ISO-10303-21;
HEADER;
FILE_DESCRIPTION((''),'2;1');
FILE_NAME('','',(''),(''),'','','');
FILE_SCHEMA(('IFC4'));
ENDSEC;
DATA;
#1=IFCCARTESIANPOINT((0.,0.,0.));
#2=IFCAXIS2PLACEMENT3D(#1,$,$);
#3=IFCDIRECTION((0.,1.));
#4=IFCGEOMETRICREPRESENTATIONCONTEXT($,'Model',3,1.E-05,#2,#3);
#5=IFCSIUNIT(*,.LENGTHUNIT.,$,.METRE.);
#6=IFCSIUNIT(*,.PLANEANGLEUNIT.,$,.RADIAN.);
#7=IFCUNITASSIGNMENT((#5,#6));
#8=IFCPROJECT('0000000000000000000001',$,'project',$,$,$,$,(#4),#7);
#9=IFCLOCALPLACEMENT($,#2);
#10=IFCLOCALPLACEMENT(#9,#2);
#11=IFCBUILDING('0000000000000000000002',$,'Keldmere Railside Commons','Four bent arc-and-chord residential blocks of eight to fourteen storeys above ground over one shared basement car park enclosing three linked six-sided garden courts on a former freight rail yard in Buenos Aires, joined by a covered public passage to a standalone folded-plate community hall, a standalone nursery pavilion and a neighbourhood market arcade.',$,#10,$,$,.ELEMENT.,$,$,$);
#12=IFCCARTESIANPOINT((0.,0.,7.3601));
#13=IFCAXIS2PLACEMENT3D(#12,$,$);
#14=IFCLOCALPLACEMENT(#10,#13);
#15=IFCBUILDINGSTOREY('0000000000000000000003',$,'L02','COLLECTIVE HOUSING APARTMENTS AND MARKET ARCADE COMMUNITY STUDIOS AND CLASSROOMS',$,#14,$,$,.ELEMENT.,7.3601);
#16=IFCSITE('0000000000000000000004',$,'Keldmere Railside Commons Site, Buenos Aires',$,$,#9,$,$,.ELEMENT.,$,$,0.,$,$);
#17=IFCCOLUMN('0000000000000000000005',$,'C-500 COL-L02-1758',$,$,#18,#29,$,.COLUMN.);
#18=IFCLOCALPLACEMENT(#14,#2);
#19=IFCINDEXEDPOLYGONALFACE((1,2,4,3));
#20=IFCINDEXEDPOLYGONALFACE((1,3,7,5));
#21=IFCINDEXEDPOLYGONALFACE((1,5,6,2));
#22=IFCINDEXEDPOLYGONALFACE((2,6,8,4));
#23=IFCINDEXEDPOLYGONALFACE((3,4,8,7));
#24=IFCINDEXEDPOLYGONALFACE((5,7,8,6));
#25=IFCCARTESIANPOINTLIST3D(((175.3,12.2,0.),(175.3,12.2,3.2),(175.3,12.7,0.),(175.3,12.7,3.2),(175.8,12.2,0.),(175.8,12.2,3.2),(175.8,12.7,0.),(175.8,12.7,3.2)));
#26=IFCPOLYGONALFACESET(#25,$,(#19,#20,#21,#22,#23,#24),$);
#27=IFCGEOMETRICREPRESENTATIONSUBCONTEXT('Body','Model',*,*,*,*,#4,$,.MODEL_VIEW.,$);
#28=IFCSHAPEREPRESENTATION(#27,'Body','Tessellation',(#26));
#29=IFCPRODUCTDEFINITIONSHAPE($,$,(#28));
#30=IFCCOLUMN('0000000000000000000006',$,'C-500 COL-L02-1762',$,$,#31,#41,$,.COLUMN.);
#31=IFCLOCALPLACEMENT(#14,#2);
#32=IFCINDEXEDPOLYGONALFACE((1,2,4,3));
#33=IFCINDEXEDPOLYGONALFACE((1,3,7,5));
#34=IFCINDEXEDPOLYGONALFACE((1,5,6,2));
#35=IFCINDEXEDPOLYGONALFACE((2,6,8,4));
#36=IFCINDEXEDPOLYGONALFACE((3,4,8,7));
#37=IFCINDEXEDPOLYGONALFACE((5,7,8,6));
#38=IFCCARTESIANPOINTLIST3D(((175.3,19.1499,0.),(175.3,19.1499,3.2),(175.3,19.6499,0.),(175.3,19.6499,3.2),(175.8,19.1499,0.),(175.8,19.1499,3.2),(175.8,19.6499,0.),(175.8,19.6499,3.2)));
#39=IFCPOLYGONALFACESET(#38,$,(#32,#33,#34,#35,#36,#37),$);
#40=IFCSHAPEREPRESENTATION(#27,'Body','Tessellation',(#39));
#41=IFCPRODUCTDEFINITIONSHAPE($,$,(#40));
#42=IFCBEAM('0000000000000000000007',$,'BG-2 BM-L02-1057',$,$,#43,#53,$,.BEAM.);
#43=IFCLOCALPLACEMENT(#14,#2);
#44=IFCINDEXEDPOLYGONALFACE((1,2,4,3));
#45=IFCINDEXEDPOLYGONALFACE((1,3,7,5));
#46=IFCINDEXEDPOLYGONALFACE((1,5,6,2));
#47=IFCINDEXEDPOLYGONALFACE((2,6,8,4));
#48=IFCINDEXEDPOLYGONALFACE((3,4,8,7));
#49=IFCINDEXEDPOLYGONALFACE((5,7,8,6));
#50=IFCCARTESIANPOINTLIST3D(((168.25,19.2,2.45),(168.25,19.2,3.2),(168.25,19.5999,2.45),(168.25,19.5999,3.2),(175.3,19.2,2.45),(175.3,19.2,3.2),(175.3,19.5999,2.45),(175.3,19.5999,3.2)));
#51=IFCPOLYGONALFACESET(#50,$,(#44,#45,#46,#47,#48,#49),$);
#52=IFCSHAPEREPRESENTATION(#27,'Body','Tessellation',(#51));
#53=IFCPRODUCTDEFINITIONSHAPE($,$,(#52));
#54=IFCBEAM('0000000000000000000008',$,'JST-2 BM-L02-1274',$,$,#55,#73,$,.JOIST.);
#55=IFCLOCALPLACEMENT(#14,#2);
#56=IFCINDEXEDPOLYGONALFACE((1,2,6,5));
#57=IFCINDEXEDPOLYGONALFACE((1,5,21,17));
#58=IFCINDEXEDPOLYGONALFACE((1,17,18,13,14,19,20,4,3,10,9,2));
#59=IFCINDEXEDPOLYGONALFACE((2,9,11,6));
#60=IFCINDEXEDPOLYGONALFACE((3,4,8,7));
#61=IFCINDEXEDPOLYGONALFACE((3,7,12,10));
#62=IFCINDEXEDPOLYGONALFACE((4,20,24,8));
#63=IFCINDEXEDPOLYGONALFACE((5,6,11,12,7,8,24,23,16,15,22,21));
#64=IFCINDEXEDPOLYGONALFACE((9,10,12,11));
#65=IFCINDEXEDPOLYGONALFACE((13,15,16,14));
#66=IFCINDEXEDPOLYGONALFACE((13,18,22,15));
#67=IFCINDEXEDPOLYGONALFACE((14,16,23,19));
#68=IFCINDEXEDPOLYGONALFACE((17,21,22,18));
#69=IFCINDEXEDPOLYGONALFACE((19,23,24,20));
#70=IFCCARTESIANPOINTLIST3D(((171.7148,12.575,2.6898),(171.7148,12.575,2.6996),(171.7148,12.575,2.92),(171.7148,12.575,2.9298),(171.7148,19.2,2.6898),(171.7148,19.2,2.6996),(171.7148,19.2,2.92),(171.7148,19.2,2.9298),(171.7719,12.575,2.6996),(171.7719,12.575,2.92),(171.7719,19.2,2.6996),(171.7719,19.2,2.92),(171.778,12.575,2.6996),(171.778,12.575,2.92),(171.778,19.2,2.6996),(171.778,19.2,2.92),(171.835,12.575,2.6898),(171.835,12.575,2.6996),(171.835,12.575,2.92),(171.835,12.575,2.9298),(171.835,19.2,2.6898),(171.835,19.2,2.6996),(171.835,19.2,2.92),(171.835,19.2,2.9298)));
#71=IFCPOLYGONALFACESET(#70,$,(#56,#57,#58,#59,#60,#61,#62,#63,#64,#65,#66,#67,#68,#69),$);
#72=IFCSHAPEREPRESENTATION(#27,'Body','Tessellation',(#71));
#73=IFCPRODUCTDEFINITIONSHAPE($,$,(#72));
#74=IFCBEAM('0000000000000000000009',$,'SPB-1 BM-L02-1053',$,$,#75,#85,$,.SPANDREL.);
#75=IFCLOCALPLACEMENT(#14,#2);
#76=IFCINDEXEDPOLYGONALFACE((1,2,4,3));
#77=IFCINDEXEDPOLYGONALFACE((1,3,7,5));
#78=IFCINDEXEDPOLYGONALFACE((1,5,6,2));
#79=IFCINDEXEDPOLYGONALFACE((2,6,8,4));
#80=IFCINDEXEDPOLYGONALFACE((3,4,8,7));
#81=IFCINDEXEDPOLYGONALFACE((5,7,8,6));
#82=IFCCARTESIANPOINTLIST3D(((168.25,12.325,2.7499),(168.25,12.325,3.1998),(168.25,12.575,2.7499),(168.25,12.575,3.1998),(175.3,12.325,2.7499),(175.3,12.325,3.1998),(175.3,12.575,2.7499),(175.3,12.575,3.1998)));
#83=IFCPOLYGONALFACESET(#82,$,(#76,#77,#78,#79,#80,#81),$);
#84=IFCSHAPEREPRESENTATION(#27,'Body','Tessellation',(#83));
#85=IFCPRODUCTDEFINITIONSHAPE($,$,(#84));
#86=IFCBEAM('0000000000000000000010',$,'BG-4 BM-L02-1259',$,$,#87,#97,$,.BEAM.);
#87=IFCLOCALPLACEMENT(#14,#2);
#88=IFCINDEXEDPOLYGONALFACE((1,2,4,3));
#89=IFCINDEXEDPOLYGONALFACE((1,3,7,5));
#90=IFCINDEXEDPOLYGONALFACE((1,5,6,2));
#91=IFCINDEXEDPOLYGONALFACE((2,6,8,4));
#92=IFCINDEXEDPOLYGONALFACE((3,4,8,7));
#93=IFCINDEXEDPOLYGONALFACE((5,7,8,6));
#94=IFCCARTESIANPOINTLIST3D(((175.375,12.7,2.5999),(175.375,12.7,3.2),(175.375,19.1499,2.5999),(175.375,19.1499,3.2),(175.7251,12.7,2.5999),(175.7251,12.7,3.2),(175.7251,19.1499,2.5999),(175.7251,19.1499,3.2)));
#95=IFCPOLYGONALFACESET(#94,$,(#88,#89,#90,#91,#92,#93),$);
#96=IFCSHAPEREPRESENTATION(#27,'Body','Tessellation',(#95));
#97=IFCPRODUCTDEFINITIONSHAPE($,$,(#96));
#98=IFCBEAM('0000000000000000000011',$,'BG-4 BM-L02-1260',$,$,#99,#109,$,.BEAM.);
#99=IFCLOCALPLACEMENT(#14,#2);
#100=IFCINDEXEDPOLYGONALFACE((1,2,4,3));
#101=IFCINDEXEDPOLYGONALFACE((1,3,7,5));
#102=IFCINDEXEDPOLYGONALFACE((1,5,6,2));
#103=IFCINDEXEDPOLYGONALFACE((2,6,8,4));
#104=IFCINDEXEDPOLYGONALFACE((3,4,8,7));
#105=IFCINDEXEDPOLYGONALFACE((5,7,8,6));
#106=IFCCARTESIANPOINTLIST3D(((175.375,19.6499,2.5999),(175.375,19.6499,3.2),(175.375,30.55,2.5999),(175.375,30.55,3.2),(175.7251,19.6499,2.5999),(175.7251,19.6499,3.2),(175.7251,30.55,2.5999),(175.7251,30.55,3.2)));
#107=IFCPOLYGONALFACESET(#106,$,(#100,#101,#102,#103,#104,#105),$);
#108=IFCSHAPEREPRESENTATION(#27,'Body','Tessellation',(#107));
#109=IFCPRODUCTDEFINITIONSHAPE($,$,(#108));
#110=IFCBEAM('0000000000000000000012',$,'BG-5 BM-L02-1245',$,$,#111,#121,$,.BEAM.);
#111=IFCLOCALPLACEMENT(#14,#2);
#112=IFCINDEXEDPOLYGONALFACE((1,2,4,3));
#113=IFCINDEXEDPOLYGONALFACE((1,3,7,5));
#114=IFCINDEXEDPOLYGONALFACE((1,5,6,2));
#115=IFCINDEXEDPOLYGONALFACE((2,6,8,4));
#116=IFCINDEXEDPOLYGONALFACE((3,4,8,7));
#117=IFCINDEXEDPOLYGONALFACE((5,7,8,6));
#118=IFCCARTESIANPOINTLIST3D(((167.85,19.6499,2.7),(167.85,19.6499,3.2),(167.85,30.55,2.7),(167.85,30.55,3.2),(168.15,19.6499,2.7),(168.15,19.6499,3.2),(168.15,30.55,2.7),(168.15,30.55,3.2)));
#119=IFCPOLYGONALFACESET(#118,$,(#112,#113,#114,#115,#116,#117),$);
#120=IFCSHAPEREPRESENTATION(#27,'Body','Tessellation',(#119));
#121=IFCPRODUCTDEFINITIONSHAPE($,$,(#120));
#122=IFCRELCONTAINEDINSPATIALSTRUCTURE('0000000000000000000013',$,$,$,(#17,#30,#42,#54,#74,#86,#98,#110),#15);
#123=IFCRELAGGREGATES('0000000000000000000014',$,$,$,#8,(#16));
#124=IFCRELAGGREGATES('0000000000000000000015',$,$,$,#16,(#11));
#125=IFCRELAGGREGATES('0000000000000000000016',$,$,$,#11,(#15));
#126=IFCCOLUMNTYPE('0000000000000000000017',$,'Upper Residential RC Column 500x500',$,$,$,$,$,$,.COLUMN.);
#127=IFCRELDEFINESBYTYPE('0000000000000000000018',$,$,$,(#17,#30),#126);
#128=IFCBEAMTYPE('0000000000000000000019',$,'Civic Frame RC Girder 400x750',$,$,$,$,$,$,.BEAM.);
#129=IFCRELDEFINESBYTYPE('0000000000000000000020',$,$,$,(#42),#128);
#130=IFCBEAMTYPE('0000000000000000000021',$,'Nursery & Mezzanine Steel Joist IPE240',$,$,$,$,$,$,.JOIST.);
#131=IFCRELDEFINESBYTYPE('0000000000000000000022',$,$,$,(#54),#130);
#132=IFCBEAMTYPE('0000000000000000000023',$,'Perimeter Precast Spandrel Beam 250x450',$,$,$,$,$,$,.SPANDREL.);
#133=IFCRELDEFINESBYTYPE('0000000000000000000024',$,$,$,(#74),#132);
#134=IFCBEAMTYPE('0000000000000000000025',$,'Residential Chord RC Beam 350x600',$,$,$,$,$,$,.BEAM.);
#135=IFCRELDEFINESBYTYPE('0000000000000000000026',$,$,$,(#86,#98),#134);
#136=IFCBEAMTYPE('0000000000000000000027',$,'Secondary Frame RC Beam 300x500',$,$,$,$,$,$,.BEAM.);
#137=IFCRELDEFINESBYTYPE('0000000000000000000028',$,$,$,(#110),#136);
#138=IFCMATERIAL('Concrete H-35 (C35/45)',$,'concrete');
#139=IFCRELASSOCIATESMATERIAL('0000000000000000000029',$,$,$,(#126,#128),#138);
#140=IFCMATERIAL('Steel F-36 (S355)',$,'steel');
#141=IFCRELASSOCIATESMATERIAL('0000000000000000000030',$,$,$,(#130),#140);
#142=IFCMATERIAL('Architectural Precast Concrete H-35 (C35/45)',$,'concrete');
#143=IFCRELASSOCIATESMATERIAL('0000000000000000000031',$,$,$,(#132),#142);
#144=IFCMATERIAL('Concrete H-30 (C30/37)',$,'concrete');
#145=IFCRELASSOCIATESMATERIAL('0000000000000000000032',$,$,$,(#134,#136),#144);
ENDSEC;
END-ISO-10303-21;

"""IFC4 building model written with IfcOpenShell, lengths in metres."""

from ifc_helpers import new_model, si_unit, direction, frame, origin, origin_2d, place, context, subcontext, project, spatial, rectangle, i_section, extrude, material, material_profile, profile_set, type_object, element, save


model = new_model("IFC4")

# Units and contexts
model_context = context("Model", 3, precision=1e-05, world=origin(), true_north=direction((0.0, 1.0)))
body_context = subcontext(model_context, "Body", "Model", "MODEL_VIEW")
ifc_project = project(units=[si_unit("LENGTHUNIT", "METRE"), si_unit("PLANEANGLEUNIT", "RADIAN")], contexts=[model_context])

# Site, building, storey
site_placement = place(None, origin())
site = spatial("IfcSite", under=ifc_project, at=site_placement, Name="Keldmere Railside Commons Site, Buenos Aires", CompositionType="ELEMENT", RefElevation=0.0)
building_placement = place(site_placement, origin())
building = spatial("IfcBuilding", under=site, at=building_placement, Name="Keldmere Railside Commons", Description="Four bent arc-and-chord residential blocks of eight to fourteen storeys above ground over one shared basement car park enclosing three linked six-sided garden courts on a former freight rail yard in Buenos Aires, joined by a covered public passage to a standalone folded-plate community hall, a standalone nursery pavilion and a neighbourhood market arcade.", CompositionType="ELEMENT")
storey_placement = place(building_placement, frame((0.0, 0.0, 7.3601)))
storey = spatial("IfcBuildingStorey", under=building, at=storey_placement, Name="L02", Description="COLLECTIVE HOUSING APARTMENTS AND MARKET ARCADE COMMUNITY STUDIOS AND CLASSROOMS", CompositionType="ELEMENT", Elevation=7.3601)

# Columns
ifc_material_1 = material(Name="Concrete H-35 (C35/45)", Category="concrete")
ifc_material_profile_1 = material_profile(ifc_material_1, rectangle(XDim=0.5, YDim=0.5, at=origin_2d()), Name="RC-500x500")
ifc_profile_set_1 = profile_set([ifc_material_profile_1], Name="Concrete H-35 (C35/45)")
column_type = type_object("IfcColumnType", Name="Upper Residential RC Column 500x500", PredefinedType="COLUMN", material=ifc_profile_set_1)
for number, where, z_axis, x_axis, name in (
    (1, (175.55, 12.45, 0.0), (0.0, 0.0, 1.0), (1.0, 0.0, 0.0), "C-500 COL-L02-1758"),
    (2, (175.55, 19.3999, 0.0), (0.0, 0.0, 1.0), (1.0, 0.0, 0.0), "C-500 COL-L02-1762"),
):
    element("IfcColumn", number, at=place(storey_placement, frame(where, z_axis=z_axis, x_axis=x_axis)), inside=storey, type_object=column_type, Name=name, PredefinedType="COLUMN", context=body_context, shape_type="SweptSolid", body=[
        extrude(rectangle(XDim=0.5, YDim=0.5, at=origin_2d()), origin(), (0.0, 0.0, 1.0), 3.2),
    ])

# Beams
ifc_material_profile_2 = material_profile(ifc_material_1, rectangle(XDim=0.3999, YDim=0.75, at=origin_2d()), Name="RC-400x750")
ifc_profile_set_2 = profile_set([ifc_material_profile_2], Name="Concrete H-35 (C35/45)")
beam_type_1 = type_object("IfcBeamType", Name="Civic Frame RC Girder 400x750", PredefinedType="BEAM", material=ifc_profile_set_2)
beam_1_placement = place(storey_placement, frame((168.25, 19.3999, 2.825), z_axis=(1.0, 0.0, 0.0), x_axis=(0.0, 1.0, 0.0)))
element("IfcBeam", 3, at=beam_1_placement, inside=storey, type_object=beam_type_1, Name="BG-2 BM-L02-1057", PredefinedType="BEAM", context=body_context, shape_type="SweptSolid", body=[
    extrude(rectangle(XDim=0.3999, YDim=0.75, at=origin_2d()), origin(), (0.0, 0.0, 1.0), 7.05),
])
ifc_material_2 = material(Name="Steel F-36 (S355)", Category="steel")
ifc_material_profile_3 = material_profile(ifc_material_2, i_section(OverallWidth=0.1201, OverallDepth=0.24, WebThickness=0.0061, FlangeThickness=0.0098, at=origin_2d()), Name="IPE-240")
ifc_profile_set_3 = profile_set([ifc_material_profile_3], Name="Steel F-36 (S355)")
beam_type_2 = type_object("IfcBeamType", Name="Nursery & Mezzanine Steel Joist IPE240", PredefinedType="JOIST", material=ifc_profile_set_3)
beam_2_placement = place(storey_placement, frame((171.7749, 12.575, 2.8098), z_axis=(0.0, 1.0, 0.0), x_axis=(-1.0, 0.0, 0.0)))
element("IfcBeam", 4, at=beam_2_placement, inside=storey, type_object=beam_type_2, Name="JST-2 BM-L02-1274", PredefinedType="JOIST", context=body_context, shape_type="SweptSolid", body=[
    extrude(i_section(OverallWidth=0.1201, OverallDepth=0.24, WebThickness=0.0061, FlangeThickness=0.0098, at=origin_2d()), origin(), (0.0, 0.0, 1.0), 6.625),
])
ifc_material_3 = material(Name="Architectural Precast Concrete H-35 (C35/45)", Category="concrete")
ifc_material_profile_4 = material_profile(ifc_material_3, rectangle(XDim=0.25, YDim=0.45, at=origin_2d()), Name="RC-250x450")
ifc_profile_set_4 = profile_set([ifc_material_profile_4], Name="Architectural Precast Concrete H-35 (C35/45)")
beam_type_3 = type_object("IfcBeamType", Name="Perimeter Precast Spandrel Beam 250x450", PredefinedType="SPANDREL", material=ifc_profile_set_4)
beam_3_placement = place(storey_placement, frame((168.25, 12.45, 2.9749), z_axis=(1.0, 0.0, 0.0), x_axis=(0.0, 1.0, 0.0)))
element("IfcBeam", 5, at=beam_3_placement, inside=storey, type_object=beam_type_3, Name="SPB-1 BM-L02-1053", PredefinedType="SPANDREL", context=body_context, shape_type="SweptSolid", body=[
    extrude(rectangle(XDim=0.25, YDim=0.45, at=origin_2d()), origin(), (0.0, 0.0, 1.0), 7.05),
])
ifc_material_4 = material(Name="Concrete H-30 (C30/37)", Category="concrete")
ifc_material_profile_5 = material_profile(ifc_material_4, rectangle(XDim=0.3501, YDim=0.6001, at=origin_2d()), Name="RC-350x600")
ifc_profile_set_5 = profile_set([ifc_material_profile_5], Name="Concrete H-30 (C30/37)")
beam_type_4 = type_object("IfcBeamType", Name="Residential Chord RC Beam 350x600", PredefinedType="BEAM", material=ifc_profile_set_5)
beam_4_placement = place(storey_placement, frame((175.55, 12.7, 2.8999), z_axis=(0.0, 1.0, 0.0), x_axis=(-1.0, 0.0, 0.0)))
element("IfcBeam", 6, at=beam_4_placement, inside=storey, type_object=beam_type_4, Name="BG-4 BM-L02-1259", PredefinedType="BEAM", context=body_context, shape_type="SweptSolid", body=[
    extrude(rectangle(XDim=0.3501, YDim=0.6001, at=origin_2d()), origin(), (0.0, 0.0, 1.0), 6.45),
])
beam_5_placement = place(storey_placement, frame((175.55, 19.6499, 2.8999), z_axis=(0.0, 1.0, 0.0), x_axis=(-1.0, 0.0, 0.0)))
element("IfcBeam", 7, at=beam_5_placement, inside=storey, type_object=beam_type_4, Name="BG-4 BM-L02-1260", PredefinedType="BEAM", context=body_context, shape_type="SweptSolid", body=[
    extrude(rectangle(XDim=0.3501, YDim=0.6001, at=origin_2d()), origin(), (0.0, 0.0, 1.0), 10.9001),
])
ifc_material_profile_6 = material_profile(ifc_material_4, rectangle(XDim=0.3, YDim=0.5, at=origin_2d()), Name="RC-300x500")
ifc_profile_set_6 = profile_set([ifc_material_profile_6], Name="Concrete H-30 (C30/37)")
beam_type_5 = type_object("IfcBeamType", Name="Secondary Frame RC Beam 300x500", PredefinedType="BEAM", material=ifc_profile_set_6)
beam_6_placement = place(storey_placement, frame((168.0, 19.6499, 2.95), z_axis=(0.0, 1.0, 0.0), x_axis=(-1.0, 0.0, 0.0)))
element("IfcBeam", 8, at=beam_6_placement, inside=storey, type_object=beam_type_5, Name="BG-5 BM-L02-1245", PredefinedType="BEAM", context=body_context, shape_type="SweptSolid", body=[
    extrude(rectangle(XDim=0.3, YDim=0.5, at=origin_2d()), origin(), (0.0, 0.0, 1.0), 10.9001),
])

save(model, "model.ifc")
